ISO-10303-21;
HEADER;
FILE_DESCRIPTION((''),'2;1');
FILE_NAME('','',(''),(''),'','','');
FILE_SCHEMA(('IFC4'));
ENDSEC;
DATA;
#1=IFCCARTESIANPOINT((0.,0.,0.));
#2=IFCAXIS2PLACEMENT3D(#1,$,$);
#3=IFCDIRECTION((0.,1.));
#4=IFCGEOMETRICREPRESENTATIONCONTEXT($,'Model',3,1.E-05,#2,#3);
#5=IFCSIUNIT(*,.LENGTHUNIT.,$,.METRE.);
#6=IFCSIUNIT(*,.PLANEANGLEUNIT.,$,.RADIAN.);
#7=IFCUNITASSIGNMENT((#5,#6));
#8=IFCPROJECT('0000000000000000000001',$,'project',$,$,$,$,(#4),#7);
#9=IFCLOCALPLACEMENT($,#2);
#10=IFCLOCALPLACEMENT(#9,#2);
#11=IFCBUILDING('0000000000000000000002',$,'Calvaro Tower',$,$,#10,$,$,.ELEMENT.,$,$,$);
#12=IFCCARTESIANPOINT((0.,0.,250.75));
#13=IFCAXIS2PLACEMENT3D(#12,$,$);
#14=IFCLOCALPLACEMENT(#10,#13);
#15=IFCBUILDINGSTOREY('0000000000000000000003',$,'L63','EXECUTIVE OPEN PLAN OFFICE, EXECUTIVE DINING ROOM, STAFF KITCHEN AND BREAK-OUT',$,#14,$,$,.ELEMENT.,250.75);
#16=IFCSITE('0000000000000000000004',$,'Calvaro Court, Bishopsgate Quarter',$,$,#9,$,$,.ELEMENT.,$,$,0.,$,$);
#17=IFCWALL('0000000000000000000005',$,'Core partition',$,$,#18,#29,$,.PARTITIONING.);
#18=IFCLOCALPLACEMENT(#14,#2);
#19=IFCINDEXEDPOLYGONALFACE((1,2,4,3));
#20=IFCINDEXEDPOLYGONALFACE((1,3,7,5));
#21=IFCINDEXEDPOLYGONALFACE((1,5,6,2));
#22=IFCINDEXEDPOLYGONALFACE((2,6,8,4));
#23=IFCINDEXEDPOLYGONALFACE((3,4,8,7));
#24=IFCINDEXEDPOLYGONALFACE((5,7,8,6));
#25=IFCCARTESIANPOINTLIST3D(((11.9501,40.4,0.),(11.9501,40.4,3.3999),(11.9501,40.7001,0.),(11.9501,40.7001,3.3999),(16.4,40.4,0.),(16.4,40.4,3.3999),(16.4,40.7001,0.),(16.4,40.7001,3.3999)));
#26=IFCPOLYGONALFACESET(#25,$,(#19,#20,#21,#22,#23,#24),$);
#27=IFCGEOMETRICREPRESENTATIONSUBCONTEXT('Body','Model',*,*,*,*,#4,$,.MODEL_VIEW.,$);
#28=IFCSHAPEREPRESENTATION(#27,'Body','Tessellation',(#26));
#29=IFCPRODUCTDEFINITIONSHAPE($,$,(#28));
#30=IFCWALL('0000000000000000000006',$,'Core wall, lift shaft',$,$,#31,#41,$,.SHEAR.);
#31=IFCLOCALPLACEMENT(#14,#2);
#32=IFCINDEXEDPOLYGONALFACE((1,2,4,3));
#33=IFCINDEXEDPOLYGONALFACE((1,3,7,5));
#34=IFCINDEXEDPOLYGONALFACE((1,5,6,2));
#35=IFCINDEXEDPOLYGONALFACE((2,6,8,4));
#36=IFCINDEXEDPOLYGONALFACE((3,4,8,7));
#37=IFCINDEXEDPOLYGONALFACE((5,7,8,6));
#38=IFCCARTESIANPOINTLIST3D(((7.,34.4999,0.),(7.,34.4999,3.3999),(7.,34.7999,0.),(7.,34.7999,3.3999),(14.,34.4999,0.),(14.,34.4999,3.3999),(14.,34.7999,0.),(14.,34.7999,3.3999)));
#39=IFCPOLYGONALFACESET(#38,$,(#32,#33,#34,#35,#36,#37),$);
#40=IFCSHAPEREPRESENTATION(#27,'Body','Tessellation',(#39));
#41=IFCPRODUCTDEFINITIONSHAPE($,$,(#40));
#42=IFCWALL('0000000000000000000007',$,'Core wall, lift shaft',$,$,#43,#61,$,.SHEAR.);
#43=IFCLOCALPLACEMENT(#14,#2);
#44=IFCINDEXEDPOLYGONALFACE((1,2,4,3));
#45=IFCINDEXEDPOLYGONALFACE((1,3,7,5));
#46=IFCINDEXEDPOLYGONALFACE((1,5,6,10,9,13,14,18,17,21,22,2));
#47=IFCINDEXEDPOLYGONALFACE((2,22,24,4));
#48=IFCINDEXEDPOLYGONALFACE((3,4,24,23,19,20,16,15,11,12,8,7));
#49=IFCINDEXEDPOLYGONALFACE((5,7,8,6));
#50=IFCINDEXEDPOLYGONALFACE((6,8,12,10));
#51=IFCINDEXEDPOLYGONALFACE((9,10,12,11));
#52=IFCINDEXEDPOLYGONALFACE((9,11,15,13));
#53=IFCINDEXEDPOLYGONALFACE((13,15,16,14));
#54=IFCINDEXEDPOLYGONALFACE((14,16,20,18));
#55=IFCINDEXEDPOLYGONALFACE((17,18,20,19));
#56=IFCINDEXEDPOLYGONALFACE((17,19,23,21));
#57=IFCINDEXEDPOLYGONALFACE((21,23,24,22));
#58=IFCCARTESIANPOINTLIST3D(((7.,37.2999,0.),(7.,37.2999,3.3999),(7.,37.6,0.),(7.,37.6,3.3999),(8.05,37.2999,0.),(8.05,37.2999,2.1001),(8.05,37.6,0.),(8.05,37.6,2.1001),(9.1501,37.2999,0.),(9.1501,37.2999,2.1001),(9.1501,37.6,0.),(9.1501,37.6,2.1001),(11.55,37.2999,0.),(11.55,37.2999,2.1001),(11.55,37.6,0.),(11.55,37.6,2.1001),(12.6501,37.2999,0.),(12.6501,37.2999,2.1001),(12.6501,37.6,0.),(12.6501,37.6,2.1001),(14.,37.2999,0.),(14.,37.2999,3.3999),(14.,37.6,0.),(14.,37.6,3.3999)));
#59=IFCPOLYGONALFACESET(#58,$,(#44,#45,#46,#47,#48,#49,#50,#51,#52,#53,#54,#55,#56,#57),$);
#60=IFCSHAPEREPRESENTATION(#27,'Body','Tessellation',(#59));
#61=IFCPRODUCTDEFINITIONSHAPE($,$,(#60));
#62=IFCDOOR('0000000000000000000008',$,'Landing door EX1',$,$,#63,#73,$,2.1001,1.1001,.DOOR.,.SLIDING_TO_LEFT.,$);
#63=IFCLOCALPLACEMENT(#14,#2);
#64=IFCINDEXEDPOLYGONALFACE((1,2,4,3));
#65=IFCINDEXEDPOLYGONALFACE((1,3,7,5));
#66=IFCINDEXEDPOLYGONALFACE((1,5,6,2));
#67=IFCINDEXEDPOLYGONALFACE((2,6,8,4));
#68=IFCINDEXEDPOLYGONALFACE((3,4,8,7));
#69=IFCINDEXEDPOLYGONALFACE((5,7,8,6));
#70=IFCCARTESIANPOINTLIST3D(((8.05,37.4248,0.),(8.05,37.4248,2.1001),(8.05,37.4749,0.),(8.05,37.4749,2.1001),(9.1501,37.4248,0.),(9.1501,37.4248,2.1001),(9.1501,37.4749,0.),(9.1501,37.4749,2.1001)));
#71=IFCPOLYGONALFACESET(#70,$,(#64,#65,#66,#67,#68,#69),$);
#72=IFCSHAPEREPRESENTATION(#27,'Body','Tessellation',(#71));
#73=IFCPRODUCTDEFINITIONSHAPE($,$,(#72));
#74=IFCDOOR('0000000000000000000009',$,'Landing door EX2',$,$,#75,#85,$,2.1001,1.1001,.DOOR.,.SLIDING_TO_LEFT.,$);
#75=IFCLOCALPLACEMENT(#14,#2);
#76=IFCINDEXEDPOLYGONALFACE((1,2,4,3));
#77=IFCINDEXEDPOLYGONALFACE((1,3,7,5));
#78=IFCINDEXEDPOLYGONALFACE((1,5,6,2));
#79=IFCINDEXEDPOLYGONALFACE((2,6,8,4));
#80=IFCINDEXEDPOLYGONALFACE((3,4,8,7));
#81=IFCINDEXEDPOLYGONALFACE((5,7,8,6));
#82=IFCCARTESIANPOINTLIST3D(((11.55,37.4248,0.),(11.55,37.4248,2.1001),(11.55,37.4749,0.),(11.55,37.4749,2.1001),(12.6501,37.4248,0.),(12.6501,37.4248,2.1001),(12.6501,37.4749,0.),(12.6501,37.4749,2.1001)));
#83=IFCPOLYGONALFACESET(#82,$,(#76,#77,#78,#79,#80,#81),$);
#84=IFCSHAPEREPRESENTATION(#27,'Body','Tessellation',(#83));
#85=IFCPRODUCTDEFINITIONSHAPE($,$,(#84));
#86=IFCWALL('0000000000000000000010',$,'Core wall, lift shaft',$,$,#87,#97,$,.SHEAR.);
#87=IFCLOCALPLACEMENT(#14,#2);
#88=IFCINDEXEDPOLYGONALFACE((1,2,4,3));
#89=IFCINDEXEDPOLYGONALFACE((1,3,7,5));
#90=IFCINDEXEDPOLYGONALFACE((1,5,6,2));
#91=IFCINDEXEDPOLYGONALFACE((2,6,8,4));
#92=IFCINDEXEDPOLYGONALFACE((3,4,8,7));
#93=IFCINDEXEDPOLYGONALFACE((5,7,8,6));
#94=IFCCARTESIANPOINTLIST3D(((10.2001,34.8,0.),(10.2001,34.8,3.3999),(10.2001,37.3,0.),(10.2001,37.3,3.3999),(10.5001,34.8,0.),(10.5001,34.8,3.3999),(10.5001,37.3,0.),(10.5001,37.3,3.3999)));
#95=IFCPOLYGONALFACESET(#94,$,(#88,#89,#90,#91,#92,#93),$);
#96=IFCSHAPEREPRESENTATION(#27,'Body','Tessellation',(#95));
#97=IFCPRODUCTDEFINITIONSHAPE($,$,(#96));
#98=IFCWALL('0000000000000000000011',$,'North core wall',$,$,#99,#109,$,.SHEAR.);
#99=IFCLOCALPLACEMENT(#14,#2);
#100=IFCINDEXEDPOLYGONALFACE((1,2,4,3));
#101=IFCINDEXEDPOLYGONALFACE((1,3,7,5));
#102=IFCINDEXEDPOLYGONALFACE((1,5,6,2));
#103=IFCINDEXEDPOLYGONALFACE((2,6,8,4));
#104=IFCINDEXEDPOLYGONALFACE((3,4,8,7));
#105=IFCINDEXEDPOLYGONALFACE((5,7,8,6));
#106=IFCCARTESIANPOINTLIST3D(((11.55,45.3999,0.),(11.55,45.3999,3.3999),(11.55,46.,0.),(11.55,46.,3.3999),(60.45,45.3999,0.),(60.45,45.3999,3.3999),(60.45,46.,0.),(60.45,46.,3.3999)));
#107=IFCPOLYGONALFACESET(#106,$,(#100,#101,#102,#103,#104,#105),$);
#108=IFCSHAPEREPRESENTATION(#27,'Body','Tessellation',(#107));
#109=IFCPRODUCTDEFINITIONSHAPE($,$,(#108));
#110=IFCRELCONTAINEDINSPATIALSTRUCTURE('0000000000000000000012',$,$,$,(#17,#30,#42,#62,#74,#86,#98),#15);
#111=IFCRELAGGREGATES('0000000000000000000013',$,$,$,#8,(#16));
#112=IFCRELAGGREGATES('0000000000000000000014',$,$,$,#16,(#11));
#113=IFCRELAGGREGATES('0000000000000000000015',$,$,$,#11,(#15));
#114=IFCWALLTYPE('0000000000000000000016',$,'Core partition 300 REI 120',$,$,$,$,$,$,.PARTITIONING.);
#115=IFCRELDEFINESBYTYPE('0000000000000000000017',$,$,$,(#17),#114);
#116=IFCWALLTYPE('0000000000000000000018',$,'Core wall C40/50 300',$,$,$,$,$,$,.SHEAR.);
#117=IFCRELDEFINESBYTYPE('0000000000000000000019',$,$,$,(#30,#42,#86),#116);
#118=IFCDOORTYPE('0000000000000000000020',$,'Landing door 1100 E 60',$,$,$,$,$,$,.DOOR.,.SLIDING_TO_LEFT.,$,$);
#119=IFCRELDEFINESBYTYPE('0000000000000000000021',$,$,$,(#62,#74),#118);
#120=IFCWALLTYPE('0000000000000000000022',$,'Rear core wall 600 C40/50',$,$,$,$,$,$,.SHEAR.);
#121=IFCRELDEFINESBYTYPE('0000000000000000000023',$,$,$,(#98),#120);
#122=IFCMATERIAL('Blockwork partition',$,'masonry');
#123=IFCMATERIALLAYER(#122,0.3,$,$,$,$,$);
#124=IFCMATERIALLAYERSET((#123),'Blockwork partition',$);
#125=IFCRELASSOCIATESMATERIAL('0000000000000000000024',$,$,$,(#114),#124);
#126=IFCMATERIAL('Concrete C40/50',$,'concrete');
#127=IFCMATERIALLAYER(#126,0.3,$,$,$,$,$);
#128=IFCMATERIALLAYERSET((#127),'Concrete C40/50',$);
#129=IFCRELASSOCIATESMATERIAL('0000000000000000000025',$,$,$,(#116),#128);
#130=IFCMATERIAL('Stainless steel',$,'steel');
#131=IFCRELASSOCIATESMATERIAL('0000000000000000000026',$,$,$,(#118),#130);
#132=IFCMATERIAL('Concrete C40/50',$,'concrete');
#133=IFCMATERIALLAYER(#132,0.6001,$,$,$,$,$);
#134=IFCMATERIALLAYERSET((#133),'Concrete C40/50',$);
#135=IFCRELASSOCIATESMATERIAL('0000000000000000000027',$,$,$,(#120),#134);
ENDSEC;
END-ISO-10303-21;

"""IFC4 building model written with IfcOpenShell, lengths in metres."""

from ifc_helpers import new_model, si_unit, direction, frame, frame_2d, origin, place, context, subcontext, project, spatial, rectangle, extrude, material, layer, layer_set, type_object, element, fill, save


model = new_model("IFC4")

# Units and contexts
model_context = context("Model", 3, precision=1e-05, world=origin(), true_north=direction((0.0, 1.0)))
body_context = subcontext(model_context, "Body", "Model", "MODEL_VIEW")
ifc_project = project(units=[si_unit("LENGTHUNIT", "METRE"), si_unit("PLANEANGLEUNIT", "RADIAN")], contexts=[model_context])

# Site, building, storey
site_placement = place(None, origin())
site = spatial("IfcSite", under=ifc_project, at=site_placement, Name="Calvaro Court, Bishopsgate Quarter", CompositionType="ELEMENT", RefElevation=0.0)
building_placement = place(site_placement, origin())
building = spatial("IfcBuilding", under=site, at=building_placement, Name="Calvaro Tower", CompositionType="ELEMENT")
storey_placement = place(building_placement, frame((0.0, 0.0, 250.75)))
storey = spatial("IfcBuildingStorey", under=building, at=storey_placement, Name="L63", Description="EXECUTIVE OPEN PLAN OFFICE, EXECUTIVE DINING ROOM, STAFF KITCHEN AND BREAK-OUT", CompositionType="ELEMENT", Elevation=250.75)

# Walls
ifc_material_1 = material(Name="Blockwork partition", Category="masonry")
ifc_layer_1 = layer(ifc_material_1, 0.3)
ifc_layer_set_1 = layer_set([ifc_layer_1], Name="Blockwork partition")
wall_type_1 = type_object("IfcWallType", Name="Core partition 300 REI 120", PredefinedType="PARTITIONING", material=ifc_layer_set_1)
wall_1_placement = place(storey_placement, frame((11.95, 40.55, 0.0), z_axis=(0.0, 0.0, 1.0), x_axis=(1.0, 0.0, 0.0)))
element("IfcWall", 1, at=wall_1_placement, inside=storey, type_object=wall_type_1, Name="Core partition", PredefinedType="PARTITIONING", context=body_context, shape_type="SweptSolid", body=[
    extrude(rectangle(XDim=4.45, YDim=0.3, at=frame_2d((2.2251, 0.0))), origin(), (0.0, 0.0, 1.0), 3.3999),
])
ifc_material_2 = material(Name="Concrete C40/50", Category="concrete")
ifc_layer_2 = layer(ifc_material_2, 0.3)
ifc_layer_set_2 = layer_set([ifc_layer_2], Name="Concrete C40/50")
wall_type_2 = type_object("IfcWallType", Name="Core wall C40/50 300", PredefinedType="SHEAR", material=ifc_layer_set_2)
wall_2_placement = place(storey_placement, frame((7.0, 34.6499, 0.0), z_axis=(0.0, 0.0, 1.0), x_axis=(1.0, 0.0, 0.0)))
element("IfcWall", 2, at=wall_2_placement, inside=storey, type_object=wall_type_2, Name="Core wall, lift shaft", PredefinedType="SHEAR", context=body_context, shape_type="SweptSolid", body=[
    extrude(rectangle(XDim=7.0, YDim=0.3, at=frame_2d((3.5, 0.0))), origin(), (0.0, 0.0, 1.0), 3.3999),
])

# Wall, openings, doors
wall_3_placement = place(storey_placement, frame((7.0, 37.45, 0.0), z_axis=(0.0, 0.0, 1.0), x_axis=(1.0, 0.0, 0.0)))
wall_3 = element("IfcWall", 3, at=wall_3_placement, inside=storey, type_object=wall_type_2, Name="Core wall, lift shaft", PredefinedType="SHEAR", context=body_context, shape_type="SweptSolid", body=[
    extrude(rectangle(XDim=7.0, YDim=0.3, at=frame_2d((3.5, 0.0))), origin(), (0.0, 0.0, 1.0), 3.3999),
])
opening_1_placement = place(wall_3_placement, frame((1.05, 0.0, 0.0)))
opening_1 = element("IfcOpeningElement", 4, at=opening_1_placement, cuts=wall_3, PredefinedType="OPENING", context=body_context, shape_type="SweptSolid", body=[
    extrude(rectangle(XDim=1.1001, YDim=2.1001, at=frame_2d((0.55, 1.05))), frame((0.0, 0.1599, 0.0), z_axis=(0.0, -1.0, 0.0), x_axis=(1.0, 0.0, 0.0)), (0.0, 0.0, 1.0), 0.3201),
])
opening_2_placement = place(wall_3_placement, frame((4.55, 0.0, 0.0)))
opening_2 = element("IfcOpeningElement", 5, at=opening_2_placement, cuts=wall_3, PredefinedType="OPENING", context=body_context, shape_type="SweptSolid", body=[
    extrude(rectangle(XDim=1.1001, YDim=2.1001, at=frame_2d((0.55, 1.05))), frame((0.0, 0.1599, 0.0), z_axis=(0.0, -1.0, 0.0), x_axis=(1.0, 0.0, 0.0)), (0.0, 0.0, 1.0), 0.3201),
])
ifc_material_3 = material(Name="Stainless steel", Category="steel")
door_type_1 = type_object("IfcDoorType", Name="Landing door 1100 E 60", OperationType="SLIDING_TO_LEFT", PredefinedType="DOOR", material=ifc_material_3)
door_1_placement = place(opening_1_placement, origin())
door_1 = element("IfcDoor", 6, at=door_1_placement, inside=storey, type_object=door_type_1, Name="Landing door EX1", OperationType="SLIDING_TO_LEFT", OverallHeight=2.1001, OverallWidth=1.1001, PredefinedType="DOOR", context=body_context, shape_type="SweptSolid", body=[
    extrude(rectangle(XDim=1.1001, YDim=2.1001, at=frame_2d((0.55, 1.05))), frame((0.0, 0.0249, 0.0), z_axis=(0.0, -1.0, 0.0), x_axis=(1.0, 0.0, 0.0)), (0.0, 0.0, 1.0), 0.05),
])
fill(opening_1, door_1)
door_2_placement = place(opening_2_placement, origin())
door_2 = element("IfcDoor", 7, at=door_2_placement, inside=storey, type_object=door_type_1, Name="Landing door EX2", OperationType="SLIDING_TO_LEFT", OverallHeight=2.1001, OverallWidth=1.1001, PredefinedType="DOOR", context=body_context, shape_type="SweptSolid", body=[
    extrude(rectangle(XDim=1.1001, YDim=2.1001, at=frame_2d((0.55, 1.05))), frame((0.0, 0.0249, 0.0), z_axis=(0.0, -1.0, 0.0), x_axis=(1.0, 0.0, 0.0)), (0.0, 0.0, 1.0), 0.05),
])
fill(opening_2, door_2)

# Walls
wall_4_placement = place(storey_placement, frame((10.3501, 34.8, 0.0), z_axis=(0.0, 0.0, 1.0), x_axis=(0.0, 1.0, 0.0)))
element("IfcWall", 8, at=wall_4_placement, inside=storey, type_object=wall_type_2, Name="Core wall, lift shaft", PredefinedType="SHEAR", context=body_context, shape_type="SweptSolid", body=[
    extrude(rectangle(XDim=2.5, YDim=0.3, at=frame_2d((1.25, 0.0))), origin(), (0.0, 0.0, 1.0), 3.3999),
])
ifc_material_4 = material(Name="Concrete C40/50", Category="concrete")
ifc_layer_3 = layer(ifc_material_4, 0.6001)
ifc_layer_set_3 = layer_set([ifc_layer_3], Name="Concrete C40/50")
wall_type_3 = type_object("IfcWallType", Name="Rear core wall 600 C40/50", PredefinedType="SHEAR", material=ifc_layer_set_3)
wall_5_placement = place(storey_placement, frame((11.55, 45.7, 0.0), z_axis=(0.0, 0.0, 1.0), x_axis=(1.0, 0.0, 0.0)))
element("IfcWall", 9, at=wall_5_placement, inside=storey, type_object=wall_type_3, Name="North core wall", PredefinedType="SHEAR", context=body_context, shape_type="SweptSolid", body=[
    extrude(rectangle(XDim=48.8999, YDim=0.6001, at=frame_2d((24.45, 0.0))), origin(), (0.0, 0.0, 1.0), 3.3999),
])

save(model, "model.ifc")
